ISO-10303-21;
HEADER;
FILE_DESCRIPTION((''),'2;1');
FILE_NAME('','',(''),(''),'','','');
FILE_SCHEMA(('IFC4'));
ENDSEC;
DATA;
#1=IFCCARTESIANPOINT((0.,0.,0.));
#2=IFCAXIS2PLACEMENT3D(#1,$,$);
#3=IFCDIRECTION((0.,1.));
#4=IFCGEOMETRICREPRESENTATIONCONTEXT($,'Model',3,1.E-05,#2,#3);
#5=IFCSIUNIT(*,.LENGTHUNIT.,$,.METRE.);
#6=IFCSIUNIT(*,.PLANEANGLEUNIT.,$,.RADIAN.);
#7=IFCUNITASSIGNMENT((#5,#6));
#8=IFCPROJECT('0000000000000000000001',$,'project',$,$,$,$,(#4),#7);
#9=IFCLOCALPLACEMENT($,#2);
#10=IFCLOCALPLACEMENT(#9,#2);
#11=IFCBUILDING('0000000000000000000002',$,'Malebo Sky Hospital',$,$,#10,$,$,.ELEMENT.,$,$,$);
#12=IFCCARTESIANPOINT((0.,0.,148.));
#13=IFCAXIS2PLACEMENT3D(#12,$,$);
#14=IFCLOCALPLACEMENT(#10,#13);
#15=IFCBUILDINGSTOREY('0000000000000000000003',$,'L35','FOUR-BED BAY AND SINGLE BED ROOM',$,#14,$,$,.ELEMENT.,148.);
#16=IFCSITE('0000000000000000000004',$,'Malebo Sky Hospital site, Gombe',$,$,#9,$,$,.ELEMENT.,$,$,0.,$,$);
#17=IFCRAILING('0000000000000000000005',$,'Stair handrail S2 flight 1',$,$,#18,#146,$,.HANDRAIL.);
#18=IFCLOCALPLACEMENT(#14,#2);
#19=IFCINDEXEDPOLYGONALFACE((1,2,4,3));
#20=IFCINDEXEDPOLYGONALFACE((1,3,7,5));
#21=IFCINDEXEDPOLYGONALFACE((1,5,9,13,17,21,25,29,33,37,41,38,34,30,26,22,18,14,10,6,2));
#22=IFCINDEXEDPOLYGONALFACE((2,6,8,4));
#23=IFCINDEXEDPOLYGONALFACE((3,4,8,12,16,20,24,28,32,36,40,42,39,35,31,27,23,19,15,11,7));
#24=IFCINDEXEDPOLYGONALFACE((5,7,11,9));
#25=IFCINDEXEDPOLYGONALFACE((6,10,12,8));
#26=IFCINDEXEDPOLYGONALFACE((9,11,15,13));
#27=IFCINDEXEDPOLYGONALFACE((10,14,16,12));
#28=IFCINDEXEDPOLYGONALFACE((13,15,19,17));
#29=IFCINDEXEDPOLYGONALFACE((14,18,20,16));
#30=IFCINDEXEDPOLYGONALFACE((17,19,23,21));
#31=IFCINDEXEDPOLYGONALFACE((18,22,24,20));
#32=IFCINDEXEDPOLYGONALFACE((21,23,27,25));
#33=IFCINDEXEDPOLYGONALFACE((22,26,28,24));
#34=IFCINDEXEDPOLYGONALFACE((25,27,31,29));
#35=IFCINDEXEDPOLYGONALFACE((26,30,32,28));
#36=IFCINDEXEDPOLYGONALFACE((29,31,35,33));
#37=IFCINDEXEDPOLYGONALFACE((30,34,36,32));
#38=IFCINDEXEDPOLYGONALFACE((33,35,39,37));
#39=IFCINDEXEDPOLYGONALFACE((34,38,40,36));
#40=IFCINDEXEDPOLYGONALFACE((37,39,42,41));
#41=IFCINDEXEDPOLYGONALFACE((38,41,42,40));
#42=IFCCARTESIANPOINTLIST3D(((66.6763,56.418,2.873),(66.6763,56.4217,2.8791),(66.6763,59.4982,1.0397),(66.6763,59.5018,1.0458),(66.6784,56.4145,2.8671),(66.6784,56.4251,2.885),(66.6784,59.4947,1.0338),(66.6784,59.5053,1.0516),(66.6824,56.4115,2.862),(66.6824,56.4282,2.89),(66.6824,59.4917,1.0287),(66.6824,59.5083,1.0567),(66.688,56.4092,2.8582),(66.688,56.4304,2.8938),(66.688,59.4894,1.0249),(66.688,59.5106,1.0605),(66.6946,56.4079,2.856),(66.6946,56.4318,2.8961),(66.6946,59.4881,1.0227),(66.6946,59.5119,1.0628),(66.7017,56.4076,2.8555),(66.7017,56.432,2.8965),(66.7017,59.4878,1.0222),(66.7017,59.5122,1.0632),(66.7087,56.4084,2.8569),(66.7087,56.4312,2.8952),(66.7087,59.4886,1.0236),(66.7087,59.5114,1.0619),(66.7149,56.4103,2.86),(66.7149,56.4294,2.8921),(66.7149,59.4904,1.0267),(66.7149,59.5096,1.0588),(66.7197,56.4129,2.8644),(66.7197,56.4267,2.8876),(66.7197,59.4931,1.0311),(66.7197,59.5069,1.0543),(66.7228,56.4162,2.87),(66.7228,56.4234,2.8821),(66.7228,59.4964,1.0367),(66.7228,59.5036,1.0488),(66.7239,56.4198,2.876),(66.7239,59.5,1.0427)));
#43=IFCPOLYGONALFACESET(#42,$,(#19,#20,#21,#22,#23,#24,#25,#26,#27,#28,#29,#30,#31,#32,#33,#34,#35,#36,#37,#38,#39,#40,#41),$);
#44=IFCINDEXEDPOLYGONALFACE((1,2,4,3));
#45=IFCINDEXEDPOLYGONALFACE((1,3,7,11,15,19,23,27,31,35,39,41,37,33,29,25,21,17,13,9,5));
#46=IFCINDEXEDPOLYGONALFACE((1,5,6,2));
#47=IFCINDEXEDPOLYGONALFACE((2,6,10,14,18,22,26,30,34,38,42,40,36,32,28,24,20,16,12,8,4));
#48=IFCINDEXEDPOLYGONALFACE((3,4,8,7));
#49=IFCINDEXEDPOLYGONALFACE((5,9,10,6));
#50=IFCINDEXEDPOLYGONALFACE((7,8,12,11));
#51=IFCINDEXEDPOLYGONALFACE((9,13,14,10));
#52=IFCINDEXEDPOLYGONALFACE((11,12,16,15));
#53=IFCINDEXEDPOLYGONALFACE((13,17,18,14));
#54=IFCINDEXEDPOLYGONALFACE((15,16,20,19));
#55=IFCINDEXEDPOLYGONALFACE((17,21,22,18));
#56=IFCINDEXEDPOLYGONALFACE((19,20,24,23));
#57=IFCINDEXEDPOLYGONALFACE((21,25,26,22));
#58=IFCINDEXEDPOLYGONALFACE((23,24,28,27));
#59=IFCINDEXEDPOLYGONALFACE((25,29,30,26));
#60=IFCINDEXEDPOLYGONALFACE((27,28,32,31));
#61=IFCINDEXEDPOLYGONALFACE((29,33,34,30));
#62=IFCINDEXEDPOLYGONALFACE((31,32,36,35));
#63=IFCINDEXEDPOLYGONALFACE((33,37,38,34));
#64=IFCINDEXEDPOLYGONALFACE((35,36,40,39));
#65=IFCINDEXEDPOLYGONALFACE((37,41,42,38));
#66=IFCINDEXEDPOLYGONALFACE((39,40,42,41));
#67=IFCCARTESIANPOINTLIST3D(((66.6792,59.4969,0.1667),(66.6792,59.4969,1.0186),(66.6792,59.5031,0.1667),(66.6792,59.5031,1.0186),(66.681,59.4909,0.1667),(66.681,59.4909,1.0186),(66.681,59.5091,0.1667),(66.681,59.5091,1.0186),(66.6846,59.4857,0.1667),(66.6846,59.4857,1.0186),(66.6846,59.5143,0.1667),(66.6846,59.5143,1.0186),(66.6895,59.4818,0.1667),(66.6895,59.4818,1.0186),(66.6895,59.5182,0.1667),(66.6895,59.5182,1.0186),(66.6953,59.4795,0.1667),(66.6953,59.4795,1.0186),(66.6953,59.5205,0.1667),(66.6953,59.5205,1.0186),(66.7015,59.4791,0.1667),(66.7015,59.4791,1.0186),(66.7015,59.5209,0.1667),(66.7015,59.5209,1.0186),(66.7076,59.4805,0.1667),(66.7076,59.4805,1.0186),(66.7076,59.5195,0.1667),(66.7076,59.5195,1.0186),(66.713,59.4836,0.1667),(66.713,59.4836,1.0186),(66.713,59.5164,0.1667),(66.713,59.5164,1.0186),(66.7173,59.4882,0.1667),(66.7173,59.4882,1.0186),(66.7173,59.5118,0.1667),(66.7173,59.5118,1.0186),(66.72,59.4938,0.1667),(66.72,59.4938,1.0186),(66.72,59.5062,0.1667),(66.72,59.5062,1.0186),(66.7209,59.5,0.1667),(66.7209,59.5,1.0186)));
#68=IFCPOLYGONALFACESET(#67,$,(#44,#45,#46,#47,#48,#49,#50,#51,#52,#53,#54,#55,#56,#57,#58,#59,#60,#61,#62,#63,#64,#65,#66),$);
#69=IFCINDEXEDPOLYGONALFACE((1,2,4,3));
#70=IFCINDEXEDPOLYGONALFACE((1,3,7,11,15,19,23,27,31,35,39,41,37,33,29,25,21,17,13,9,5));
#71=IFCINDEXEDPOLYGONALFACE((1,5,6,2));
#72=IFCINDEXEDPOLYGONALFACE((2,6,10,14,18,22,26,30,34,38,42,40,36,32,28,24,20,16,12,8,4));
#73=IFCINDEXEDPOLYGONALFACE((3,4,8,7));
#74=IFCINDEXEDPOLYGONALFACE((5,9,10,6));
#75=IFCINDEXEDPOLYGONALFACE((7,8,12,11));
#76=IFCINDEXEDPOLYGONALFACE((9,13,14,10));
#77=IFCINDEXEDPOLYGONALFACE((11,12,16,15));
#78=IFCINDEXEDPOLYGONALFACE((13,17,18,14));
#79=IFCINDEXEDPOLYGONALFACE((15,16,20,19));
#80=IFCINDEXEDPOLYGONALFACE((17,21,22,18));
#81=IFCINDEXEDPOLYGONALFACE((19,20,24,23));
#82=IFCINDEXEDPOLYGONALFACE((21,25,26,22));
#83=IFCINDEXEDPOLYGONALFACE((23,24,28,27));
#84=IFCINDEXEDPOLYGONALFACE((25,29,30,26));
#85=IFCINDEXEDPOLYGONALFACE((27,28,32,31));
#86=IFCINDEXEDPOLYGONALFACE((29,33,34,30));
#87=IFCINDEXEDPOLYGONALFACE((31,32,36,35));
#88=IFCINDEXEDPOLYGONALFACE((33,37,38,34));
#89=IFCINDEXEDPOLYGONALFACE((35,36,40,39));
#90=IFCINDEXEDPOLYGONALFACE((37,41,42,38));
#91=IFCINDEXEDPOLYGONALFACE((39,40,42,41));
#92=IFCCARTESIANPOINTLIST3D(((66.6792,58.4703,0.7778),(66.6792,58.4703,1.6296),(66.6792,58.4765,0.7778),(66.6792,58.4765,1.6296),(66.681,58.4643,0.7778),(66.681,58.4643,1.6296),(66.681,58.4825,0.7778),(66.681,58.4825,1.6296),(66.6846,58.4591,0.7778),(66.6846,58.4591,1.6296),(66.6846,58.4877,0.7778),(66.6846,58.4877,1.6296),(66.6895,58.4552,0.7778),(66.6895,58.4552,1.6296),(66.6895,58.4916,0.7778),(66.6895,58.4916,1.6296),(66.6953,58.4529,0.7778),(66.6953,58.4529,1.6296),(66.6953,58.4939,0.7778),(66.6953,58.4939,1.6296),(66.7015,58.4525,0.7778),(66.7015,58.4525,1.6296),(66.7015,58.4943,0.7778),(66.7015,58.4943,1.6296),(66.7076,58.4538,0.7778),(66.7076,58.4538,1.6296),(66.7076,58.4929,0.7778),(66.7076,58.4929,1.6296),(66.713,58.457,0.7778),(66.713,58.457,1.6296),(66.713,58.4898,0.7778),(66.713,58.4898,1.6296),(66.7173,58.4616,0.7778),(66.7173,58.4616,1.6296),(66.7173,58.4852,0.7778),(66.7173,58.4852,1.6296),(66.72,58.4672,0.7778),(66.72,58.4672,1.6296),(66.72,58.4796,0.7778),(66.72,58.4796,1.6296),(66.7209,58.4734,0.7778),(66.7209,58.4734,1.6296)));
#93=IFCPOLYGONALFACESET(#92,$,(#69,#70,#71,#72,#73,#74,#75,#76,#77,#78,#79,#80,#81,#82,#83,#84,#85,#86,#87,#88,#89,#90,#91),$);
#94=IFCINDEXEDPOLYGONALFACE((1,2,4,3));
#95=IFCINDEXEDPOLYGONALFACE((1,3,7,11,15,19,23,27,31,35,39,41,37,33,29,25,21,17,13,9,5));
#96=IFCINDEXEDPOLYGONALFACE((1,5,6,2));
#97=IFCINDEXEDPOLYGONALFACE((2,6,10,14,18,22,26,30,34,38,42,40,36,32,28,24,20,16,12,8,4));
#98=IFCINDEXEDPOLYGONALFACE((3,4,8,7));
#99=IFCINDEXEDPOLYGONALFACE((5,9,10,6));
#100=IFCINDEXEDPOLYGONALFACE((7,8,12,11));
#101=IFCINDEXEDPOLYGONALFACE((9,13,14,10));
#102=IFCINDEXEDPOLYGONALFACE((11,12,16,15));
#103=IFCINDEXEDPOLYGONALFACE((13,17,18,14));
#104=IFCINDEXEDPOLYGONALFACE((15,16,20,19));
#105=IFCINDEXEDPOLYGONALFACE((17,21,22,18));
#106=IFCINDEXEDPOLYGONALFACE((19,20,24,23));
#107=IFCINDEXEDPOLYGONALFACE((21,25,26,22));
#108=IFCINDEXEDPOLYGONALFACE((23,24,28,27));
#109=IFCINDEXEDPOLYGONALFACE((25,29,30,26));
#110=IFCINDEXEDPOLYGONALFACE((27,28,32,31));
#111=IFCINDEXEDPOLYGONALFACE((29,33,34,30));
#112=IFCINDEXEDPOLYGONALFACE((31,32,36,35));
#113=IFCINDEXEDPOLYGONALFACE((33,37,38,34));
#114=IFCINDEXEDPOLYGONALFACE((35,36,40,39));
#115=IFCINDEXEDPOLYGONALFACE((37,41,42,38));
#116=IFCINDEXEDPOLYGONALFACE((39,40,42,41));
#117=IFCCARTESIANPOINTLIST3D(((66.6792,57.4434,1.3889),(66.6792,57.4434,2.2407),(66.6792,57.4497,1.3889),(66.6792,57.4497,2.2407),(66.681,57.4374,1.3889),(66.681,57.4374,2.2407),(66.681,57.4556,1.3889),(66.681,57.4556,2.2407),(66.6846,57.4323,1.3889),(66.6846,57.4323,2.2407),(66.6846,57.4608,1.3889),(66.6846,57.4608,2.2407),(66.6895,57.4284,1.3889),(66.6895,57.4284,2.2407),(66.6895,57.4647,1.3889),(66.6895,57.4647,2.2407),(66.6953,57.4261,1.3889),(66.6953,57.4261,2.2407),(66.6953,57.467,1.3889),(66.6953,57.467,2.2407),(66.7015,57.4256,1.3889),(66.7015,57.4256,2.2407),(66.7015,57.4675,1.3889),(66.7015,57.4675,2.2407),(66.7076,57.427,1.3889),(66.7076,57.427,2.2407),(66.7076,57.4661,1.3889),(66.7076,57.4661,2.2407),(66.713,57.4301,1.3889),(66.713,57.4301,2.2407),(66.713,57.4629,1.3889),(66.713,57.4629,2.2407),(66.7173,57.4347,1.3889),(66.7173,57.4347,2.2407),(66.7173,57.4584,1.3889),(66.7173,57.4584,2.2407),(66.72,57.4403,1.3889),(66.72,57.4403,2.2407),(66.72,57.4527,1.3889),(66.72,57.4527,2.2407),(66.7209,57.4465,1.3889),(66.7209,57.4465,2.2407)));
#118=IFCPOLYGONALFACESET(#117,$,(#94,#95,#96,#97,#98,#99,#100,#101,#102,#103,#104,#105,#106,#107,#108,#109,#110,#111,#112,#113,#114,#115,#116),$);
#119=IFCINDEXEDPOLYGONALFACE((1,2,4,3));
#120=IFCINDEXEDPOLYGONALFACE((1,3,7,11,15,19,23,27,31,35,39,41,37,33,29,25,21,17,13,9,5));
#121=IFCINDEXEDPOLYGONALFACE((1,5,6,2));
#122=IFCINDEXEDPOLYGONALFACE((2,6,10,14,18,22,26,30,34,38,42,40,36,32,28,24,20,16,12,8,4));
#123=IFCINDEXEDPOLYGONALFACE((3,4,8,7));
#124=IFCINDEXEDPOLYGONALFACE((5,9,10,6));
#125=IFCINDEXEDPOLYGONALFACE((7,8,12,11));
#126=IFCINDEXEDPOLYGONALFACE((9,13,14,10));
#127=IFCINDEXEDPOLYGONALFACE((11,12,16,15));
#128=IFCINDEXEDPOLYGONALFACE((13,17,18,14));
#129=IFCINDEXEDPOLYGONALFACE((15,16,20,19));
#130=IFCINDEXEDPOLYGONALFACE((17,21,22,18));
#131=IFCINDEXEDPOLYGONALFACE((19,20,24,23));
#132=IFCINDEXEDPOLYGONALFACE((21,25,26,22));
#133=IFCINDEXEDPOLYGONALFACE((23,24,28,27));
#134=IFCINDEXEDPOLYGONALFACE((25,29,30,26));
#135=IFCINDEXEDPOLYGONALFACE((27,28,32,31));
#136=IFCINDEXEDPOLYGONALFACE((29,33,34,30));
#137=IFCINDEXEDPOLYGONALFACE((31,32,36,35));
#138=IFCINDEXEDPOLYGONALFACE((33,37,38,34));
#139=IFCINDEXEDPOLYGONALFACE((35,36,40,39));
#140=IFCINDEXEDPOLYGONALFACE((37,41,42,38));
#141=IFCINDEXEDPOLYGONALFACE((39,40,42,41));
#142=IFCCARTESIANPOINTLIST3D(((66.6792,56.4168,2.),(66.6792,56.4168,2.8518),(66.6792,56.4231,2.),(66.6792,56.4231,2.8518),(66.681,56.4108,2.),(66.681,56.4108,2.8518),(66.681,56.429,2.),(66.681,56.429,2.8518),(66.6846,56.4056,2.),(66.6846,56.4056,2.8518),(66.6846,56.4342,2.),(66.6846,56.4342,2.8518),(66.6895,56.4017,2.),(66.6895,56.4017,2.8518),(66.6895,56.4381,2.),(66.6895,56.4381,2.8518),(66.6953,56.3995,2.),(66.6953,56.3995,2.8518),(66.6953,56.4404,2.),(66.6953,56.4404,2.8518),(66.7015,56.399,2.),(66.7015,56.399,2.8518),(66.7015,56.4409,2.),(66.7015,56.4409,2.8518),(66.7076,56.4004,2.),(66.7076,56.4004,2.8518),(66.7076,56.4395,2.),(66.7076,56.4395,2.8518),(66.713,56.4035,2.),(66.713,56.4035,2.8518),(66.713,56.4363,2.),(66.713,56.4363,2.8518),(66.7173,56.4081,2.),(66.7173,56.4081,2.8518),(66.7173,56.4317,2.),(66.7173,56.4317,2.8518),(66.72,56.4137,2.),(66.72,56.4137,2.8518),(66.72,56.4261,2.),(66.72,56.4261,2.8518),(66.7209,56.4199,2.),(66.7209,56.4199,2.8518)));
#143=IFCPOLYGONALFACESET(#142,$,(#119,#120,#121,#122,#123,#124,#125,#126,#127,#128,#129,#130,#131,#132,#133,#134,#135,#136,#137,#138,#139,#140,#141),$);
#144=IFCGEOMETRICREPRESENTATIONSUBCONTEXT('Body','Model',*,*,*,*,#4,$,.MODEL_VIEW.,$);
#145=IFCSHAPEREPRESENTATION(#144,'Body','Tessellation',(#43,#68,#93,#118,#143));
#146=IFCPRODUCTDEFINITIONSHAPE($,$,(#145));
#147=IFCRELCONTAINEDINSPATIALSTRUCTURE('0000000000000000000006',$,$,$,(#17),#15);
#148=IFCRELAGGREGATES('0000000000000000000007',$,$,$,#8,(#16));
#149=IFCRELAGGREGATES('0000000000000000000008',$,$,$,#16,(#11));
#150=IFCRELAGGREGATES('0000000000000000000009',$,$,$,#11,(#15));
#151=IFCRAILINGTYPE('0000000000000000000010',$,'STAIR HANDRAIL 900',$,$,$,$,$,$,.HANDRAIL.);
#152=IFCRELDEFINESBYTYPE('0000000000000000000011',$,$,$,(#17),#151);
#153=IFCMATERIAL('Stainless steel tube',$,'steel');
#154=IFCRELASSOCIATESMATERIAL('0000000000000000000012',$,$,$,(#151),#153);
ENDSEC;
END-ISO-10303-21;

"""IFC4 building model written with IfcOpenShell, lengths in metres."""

from ifc_helpers import new_model, si_unit, direction, frame, origin, origin_2d, place, context, subcontext, project, spatial, circle, extrude, material, type_object, element, save


model = new_model("IFC4")

# Units and contexts
model_context = context("Model", 3, precision=1e-05, world=origin(), true_north=direction((0.0, 1.0)))
body_context = subcontext(model_context, "Body", "Model", "MODEL_VIEW")
ifc_project = project(units=[si_unit("LENGTHUNIT", "METRE"), si_unit("PLANEANGLEUNIT", "RADIAN")], contexts=[model_context])

# Site, building, storey
site_placement = place(None, origin())
site = spatial("IfcSite", under=ifc_project, at=site_placement, Name="Malebo Sky Hospital site, Gombe", CompositionType="ELEMENT", RefElevation=0.0)
building_placement = place(site_placement, origin())
building = spatial("IfcBuilding", under=site, at=building_placement, Name="Malebo Sky Hospital", CompositionType="ELEMENT")
storey_placement = place(building_placement, frame((0.0, 0.0, 148.0)))
storey = spatial("IfcBuildingStorey", under=building, at=storey_placement, Name="L35", Description="FOUR-BED BAY AND SINGLE BED ROOM", CompositionType="ELEMENT", Elevation=148.0)

# Railing
ifc_material_1 = material(Name="Stainless steel tube", Category="steel")
railing_type = type_object("IfcRailingType", Name="STAIR HANDRAIL 900", PredefinedType="HANDRAIL", material=ifc_material_1)
railing_1_placement = place(storey_placement, frame((66.7, 59.5, 0.1667)))
element("IfcRailing", 1, at=railing_1_placement, inside=storey, type_object=railing_type, Name="Stair handrail S2 flight 1", PredefinedType="HANDRAIL", context=body_context, shape_type="SweptSolid", body=[
    extrude(circle(Radius=0.0239, at=origin_2d()), frame((0.0, 0.0, 0.876), z_axis=(0.0, -0.859309, 0.511458), x_axis=(1.0, 0.0, 0.0)), (0.0, 0.0, 1.0), 3.5845),
    extrude(circle(Radius=0.021, at=origin_2d()), origin(), (0.0, 0.0, 1.0), 0.8518),
    extrude(circle(Radius=0.021, at=origin_2d()), frame((0.0, -1.0266, 0.6111)), (0.0, 0.0, 1.0), 0.8518),
    extrude(circle(Radius=0.021, at=origin_2d()), frame((0.0, -2.0535, 1.2222)), (0.0, 0.0, 1.0), 0.8518),
    extrude(circle(Radius=0.021, at=origin_2d()), frame((0.0, -3.0801, 1.8333)), (0.0, 0.0, 1.0), 0.8518),
])

save(model, "model.ifc")
